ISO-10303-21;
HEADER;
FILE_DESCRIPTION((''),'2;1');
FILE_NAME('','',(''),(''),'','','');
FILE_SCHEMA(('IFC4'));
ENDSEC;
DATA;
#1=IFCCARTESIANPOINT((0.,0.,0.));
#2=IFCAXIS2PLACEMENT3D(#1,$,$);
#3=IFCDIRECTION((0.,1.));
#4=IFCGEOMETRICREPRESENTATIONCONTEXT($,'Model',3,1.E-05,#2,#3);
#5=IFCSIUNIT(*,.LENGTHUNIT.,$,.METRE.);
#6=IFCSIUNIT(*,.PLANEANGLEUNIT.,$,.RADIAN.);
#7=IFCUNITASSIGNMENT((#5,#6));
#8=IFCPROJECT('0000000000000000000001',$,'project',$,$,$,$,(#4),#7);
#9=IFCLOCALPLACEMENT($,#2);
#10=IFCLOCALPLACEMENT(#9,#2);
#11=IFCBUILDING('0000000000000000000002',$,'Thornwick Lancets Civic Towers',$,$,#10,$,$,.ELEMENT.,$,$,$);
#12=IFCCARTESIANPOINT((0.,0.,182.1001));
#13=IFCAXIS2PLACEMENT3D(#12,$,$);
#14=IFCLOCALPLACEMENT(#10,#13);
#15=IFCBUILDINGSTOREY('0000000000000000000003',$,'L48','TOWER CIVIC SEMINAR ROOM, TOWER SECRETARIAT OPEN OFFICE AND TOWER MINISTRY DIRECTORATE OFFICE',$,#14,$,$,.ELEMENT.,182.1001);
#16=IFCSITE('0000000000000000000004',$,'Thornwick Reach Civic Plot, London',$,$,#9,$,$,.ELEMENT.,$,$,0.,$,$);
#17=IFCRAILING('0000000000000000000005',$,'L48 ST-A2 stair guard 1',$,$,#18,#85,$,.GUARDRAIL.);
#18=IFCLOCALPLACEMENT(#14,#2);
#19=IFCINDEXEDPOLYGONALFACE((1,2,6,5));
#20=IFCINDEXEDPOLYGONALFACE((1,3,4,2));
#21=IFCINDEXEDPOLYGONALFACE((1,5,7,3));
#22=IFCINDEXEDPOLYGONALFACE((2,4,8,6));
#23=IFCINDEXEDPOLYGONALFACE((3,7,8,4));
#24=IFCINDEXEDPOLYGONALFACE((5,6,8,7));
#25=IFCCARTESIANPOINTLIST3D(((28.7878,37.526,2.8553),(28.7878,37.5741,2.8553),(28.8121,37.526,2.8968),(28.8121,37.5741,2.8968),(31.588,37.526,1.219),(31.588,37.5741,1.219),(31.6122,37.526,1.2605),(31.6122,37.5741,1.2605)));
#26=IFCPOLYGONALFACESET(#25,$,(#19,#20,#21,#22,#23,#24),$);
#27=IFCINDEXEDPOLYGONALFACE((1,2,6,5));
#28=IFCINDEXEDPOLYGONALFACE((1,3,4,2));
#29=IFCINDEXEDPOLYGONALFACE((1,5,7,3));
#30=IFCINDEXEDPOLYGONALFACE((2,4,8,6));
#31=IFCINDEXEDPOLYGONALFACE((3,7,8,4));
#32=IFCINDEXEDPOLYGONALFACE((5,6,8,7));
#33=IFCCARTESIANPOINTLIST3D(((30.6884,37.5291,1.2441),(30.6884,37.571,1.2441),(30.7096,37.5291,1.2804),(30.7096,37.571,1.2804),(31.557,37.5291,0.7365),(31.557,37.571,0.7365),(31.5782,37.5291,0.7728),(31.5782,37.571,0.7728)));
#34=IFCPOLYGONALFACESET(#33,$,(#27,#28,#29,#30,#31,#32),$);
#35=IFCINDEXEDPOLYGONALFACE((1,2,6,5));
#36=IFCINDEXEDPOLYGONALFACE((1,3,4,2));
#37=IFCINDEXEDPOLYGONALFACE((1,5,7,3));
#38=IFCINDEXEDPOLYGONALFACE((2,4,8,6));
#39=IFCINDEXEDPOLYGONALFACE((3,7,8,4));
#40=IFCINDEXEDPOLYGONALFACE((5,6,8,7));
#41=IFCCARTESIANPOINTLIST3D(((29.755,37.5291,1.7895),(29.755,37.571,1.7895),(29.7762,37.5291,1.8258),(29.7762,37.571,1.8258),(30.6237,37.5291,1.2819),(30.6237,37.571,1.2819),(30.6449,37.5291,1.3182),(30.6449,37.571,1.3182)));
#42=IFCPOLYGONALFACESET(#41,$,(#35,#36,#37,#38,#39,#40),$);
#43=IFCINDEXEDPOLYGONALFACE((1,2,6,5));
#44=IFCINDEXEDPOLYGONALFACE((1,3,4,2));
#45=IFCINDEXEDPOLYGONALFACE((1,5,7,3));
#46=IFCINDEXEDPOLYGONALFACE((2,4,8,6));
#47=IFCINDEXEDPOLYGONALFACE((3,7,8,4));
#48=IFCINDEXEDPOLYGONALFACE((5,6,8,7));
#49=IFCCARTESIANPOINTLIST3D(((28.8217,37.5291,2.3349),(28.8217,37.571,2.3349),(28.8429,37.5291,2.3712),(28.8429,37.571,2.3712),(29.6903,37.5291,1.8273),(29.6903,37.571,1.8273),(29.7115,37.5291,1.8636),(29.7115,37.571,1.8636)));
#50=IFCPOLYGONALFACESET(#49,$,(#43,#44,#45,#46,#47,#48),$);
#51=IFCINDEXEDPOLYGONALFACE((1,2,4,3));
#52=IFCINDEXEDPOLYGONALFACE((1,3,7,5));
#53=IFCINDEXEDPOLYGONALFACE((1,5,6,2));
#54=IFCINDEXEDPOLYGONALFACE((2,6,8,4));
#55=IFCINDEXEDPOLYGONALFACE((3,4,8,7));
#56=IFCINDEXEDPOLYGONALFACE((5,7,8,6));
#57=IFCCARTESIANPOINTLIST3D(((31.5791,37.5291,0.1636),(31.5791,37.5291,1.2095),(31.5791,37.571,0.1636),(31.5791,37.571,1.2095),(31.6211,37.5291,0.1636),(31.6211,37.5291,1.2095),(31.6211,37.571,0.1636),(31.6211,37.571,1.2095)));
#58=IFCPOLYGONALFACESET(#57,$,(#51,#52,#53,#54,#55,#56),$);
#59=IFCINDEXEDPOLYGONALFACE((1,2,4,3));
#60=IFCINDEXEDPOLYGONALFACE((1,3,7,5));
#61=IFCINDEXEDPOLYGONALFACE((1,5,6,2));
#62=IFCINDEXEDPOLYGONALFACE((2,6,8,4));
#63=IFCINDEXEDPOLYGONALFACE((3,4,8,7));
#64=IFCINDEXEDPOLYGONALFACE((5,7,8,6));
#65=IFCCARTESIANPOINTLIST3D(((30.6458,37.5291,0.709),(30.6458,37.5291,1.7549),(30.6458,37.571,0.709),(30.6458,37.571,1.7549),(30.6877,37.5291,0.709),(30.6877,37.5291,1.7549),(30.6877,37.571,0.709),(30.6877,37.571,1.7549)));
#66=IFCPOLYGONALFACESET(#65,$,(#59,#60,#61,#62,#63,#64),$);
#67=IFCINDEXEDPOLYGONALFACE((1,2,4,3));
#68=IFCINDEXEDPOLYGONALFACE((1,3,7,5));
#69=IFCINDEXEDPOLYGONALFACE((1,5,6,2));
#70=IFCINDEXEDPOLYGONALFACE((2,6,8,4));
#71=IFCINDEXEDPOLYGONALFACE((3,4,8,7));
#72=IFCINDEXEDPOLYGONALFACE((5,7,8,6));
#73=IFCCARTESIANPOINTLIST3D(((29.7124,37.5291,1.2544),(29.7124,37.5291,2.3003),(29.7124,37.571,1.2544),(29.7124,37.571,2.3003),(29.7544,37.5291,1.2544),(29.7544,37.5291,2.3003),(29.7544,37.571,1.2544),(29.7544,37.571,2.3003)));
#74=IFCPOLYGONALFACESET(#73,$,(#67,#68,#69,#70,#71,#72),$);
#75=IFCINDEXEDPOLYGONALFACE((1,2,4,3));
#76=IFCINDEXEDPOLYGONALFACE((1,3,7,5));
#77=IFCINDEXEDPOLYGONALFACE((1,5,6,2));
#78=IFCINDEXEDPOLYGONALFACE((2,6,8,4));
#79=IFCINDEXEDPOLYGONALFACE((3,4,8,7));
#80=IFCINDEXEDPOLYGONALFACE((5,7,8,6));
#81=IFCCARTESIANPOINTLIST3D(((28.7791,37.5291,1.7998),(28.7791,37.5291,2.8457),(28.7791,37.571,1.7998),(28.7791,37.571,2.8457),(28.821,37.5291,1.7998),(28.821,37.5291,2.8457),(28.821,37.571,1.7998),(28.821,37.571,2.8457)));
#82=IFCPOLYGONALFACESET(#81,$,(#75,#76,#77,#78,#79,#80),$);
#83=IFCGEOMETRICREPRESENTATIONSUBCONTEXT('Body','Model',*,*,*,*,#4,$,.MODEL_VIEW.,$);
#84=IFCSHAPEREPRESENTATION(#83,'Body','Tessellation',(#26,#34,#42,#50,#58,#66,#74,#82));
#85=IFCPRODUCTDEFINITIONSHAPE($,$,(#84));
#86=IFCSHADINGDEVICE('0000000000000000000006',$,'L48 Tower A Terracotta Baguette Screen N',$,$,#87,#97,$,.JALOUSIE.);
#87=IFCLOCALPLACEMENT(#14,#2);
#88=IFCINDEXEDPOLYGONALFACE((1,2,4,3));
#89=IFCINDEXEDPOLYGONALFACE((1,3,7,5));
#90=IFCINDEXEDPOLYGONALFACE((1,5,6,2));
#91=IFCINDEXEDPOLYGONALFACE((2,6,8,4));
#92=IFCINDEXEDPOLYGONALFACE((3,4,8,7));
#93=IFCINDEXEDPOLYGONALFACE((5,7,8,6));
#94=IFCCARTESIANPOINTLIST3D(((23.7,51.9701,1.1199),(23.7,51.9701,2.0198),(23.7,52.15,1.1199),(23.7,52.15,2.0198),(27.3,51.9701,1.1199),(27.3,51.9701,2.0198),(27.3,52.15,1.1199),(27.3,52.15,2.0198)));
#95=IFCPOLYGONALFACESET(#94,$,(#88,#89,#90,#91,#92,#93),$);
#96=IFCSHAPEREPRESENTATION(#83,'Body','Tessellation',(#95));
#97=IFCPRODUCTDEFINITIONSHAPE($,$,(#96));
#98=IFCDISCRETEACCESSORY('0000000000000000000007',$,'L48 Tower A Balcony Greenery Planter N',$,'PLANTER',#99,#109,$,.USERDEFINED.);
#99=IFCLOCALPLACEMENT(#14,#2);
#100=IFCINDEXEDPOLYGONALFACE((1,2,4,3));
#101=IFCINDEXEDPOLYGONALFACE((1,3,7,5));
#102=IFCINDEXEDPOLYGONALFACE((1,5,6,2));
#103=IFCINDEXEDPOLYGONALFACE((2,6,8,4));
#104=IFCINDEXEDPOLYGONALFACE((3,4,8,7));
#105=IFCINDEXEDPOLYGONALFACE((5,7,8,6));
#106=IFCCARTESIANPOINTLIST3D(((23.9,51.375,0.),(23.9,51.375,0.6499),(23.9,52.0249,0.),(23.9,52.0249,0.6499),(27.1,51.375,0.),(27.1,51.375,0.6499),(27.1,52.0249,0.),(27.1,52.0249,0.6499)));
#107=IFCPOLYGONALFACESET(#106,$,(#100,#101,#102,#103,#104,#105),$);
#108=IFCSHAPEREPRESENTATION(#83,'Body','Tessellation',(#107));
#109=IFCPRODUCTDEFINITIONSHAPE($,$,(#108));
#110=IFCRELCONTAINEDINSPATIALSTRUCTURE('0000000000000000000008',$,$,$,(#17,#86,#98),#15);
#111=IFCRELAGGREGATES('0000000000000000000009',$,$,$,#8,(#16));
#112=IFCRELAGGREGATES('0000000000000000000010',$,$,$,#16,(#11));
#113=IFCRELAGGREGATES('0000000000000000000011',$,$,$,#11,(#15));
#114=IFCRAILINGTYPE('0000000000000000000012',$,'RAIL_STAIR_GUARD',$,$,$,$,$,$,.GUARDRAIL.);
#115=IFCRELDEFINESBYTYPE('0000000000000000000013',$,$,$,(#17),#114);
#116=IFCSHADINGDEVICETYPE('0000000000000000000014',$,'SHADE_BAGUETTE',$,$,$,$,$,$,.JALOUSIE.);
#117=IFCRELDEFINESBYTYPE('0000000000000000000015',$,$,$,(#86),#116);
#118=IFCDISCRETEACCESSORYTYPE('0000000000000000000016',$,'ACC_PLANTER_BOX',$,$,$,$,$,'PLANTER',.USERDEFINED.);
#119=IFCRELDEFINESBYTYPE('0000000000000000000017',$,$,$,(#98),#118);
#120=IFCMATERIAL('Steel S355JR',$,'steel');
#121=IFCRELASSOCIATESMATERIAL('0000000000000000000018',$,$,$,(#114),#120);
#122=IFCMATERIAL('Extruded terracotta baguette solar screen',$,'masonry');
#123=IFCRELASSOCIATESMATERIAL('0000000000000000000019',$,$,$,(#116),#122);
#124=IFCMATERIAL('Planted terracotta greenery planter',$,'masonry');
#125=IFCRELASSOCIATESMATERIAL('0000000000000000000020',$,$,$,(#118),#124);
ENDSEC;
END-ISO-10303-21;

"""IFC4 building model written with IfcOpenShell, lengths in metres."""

from ifc_helpers import new_model, si_unit, direction, frame, origin, origin_2d, place, context, subcontext, project, spatial, rectangle, extrude, material, type_object, element, save


model = new_model("IFC4")

# Units and contexts
model_context = context("Model", 3, precision=1e-05, world=origin(), true_north=direction((0.0, 1.0)))
body_context = subcontext(model_context, "Body", "Model", "MODEL_VIEW")
ifc_project = project(units=[si_unit("LENGTHUNIT", "METRE"), si_unit("PLANEANGLEUNIT", "RADIAN")], contexts=[model_context])

# Site, building, storey
site_placement = place(None, origin())
site = spatial("IfcSite", under=ifc_project, at=site_placement, Name="Thornwick Reach Civic Plot, London", CompositionType="ELEMENT", RefElevation=0.0)
building_placement = place(site_placement, origin())
building = spatial("IfcBuilding", under=site, at=building_placement, Name="Thornwick Lancets Civic Towers", CompositionType="ELEMENT")
storey_placement = place(building_placement, frame((0.0, 0.0, 182.1001)))
storey = spatial("IfcBuildingStorey", under=building, at=storey_placement, Name="L48", Description="TOWER CIVIC SEMINAR ROOM, TOWER SECRETARIAT OPEN OFFICE AND TOWER MINISTRY DIRECTORATE OFFICE", CompositionType="ELEMENT", Elevation=182.1001)

# Shared definitions
ifc_material_1 = material(Name="Steel S355JR", Category="steel")

# Railing
railing_type_1 = type_object("IfcRailingType", Name="RAIL_STAIR_GUARD", PredefinedType="GUARDRAIL", material=ifc_material_1)
railing_1_placement = place(storey_placement, frame((31.6001, 37.55, 0.1636)))
element("IfcRailing", 1, at=railing_1_placement, inside=storey, type_object=railing_type_1, Name="L48 ST-A2 stair guard 1", PredefinedType="GUARDRAIL", context=body_context, shape_type="SweptSolid", body=[
    extrude(rectangle(XDim=0.0481, YDim=0.0481, at=origin_2d()), frame((0.0, 0.0, 1.0762), z_axis=(-0.863394, 0.0, 0.504531), x_axis=(0.0, -1.0, 0.0)), (0.0, 0.0, 1.0), 3.2432),
    extrude(rectangle(XDim=0.042, YDim=0.042, at=origin_2d()), frame((-0.0325, 0.0, 0.5911), z_axis=(-0.863394, 0.0, 0.504531), x_axis=(0.0, -1.0, 0.0)), (0.0, 0.0, 1.0), 1.0061),
    extrude(rectangle(XDim=0.042, YDim=0.042, at=origin_2d()), frame((-0.9658, 0.0, 1.1365), z_axis=(-0.863394, 0.0, 0.504531), x_axis=(0.0, -1.0, 0.0)), (0.0, 0.0, 1.0), 1.0061),
    extrude(rectangle(XDim=0.042, YDim=0.042, at=origin_2d()), frame((-1.8992, 0.0, 1.6819), z_axis=(-0.863394, 0.0, 0.504531), x_axis=(0.0, -1.0, 0.0)), (0.0, 0.0, 1.0), 1.0061),
    extrude(rectangle(XDim=0.042, YDim=0.042, at=origin_2d()), origin(), (0.0, 0.0, 1.0), 1.0459),
    extrude(rectangle(XDim=0.042, YDim=0.042, at=origin_2d()), frame((-0.9333, 0.0, 0.5454)), (0.0, 0.0, 1.0), 1.0459),
    extrude(rectangle(XDim=0.042, YDim=0.042, at=origin_2d()), frame((-1.8667, 0.0, 1.0908)), (0.0, 0.0, 1.0), 1.0459),
    extrude(rectangle(XDim=0.042, YDim=0.042, at=origin_2d()), frame((-2.8, 0.0, 1.6362)), (0.0, 0.0, 1.0), 1.0459),
])

# Shading device
ifc_material_2 = material(Name="Extruded terracotta baguette solar screen", Category="masonry")
shading_device_type = type_object("IfcShadingDeviceType", Name="SHADE_BAGUETTE", PredefinedType="JALOUSIE", material=ifc_material_2)
shading_device_placement = place(storey_placement, frame((25.5, 52.0601, 1.1199), z_axis=(0.0, 0.0, 1.0), x_axis=(1.0, 0.0, 0.0)))
element("IfcShadingDevice", 2, at=shading_device_placement, inside=storey, type_object=shading_device_type, Name="L48 Tower A Terracotta Baguette Screen N", PredefinedType="JALOUSIE", context=body_context, shape_type="SweptSolid", body=[
    extrude(rectangle(XDim=3.6001, YDim=0.1799, at=origin_2d()), origin(), (0.0, 0.0, 1.0), 0.8999),
])

# Discrete accessory
ifc_material_3 = material(Name="Planted terracotta greenery planter", Category="masonry")
discrete_accessory_type = type_object("IfcDiscreteAccessoryType", Name="ACC_PLANTER_BOX", ElementType="PLANTER", PredefinedType="USERDEFINED", material=ifc_material_3)
discrete_accessory_placement = place(storey_placement, frame((25.5, 51.7, 0.0), z_axis=(0.0, 0.0, 1.0), x_axis=(1.0, 0.0, 0.0)))
element("IfcDiscreteAccessory", 3, at=discrete_accessory_placement, inside=storey, type_object=discrete_accessory_type, Name="L48 Tower A Balcony Greenery Planter N", ObjectType="PLANTER", PredefinedType="USERDEFINED", context=body_context, shape_type="SweptSolid", body=[
    extrude(rectangle(XDim=3.2, YDim=0.6499, at=origin_2d()), origin(), (0.0, 0.0, 1.0), 0.6499),
])

save(model, "model.ifc")
